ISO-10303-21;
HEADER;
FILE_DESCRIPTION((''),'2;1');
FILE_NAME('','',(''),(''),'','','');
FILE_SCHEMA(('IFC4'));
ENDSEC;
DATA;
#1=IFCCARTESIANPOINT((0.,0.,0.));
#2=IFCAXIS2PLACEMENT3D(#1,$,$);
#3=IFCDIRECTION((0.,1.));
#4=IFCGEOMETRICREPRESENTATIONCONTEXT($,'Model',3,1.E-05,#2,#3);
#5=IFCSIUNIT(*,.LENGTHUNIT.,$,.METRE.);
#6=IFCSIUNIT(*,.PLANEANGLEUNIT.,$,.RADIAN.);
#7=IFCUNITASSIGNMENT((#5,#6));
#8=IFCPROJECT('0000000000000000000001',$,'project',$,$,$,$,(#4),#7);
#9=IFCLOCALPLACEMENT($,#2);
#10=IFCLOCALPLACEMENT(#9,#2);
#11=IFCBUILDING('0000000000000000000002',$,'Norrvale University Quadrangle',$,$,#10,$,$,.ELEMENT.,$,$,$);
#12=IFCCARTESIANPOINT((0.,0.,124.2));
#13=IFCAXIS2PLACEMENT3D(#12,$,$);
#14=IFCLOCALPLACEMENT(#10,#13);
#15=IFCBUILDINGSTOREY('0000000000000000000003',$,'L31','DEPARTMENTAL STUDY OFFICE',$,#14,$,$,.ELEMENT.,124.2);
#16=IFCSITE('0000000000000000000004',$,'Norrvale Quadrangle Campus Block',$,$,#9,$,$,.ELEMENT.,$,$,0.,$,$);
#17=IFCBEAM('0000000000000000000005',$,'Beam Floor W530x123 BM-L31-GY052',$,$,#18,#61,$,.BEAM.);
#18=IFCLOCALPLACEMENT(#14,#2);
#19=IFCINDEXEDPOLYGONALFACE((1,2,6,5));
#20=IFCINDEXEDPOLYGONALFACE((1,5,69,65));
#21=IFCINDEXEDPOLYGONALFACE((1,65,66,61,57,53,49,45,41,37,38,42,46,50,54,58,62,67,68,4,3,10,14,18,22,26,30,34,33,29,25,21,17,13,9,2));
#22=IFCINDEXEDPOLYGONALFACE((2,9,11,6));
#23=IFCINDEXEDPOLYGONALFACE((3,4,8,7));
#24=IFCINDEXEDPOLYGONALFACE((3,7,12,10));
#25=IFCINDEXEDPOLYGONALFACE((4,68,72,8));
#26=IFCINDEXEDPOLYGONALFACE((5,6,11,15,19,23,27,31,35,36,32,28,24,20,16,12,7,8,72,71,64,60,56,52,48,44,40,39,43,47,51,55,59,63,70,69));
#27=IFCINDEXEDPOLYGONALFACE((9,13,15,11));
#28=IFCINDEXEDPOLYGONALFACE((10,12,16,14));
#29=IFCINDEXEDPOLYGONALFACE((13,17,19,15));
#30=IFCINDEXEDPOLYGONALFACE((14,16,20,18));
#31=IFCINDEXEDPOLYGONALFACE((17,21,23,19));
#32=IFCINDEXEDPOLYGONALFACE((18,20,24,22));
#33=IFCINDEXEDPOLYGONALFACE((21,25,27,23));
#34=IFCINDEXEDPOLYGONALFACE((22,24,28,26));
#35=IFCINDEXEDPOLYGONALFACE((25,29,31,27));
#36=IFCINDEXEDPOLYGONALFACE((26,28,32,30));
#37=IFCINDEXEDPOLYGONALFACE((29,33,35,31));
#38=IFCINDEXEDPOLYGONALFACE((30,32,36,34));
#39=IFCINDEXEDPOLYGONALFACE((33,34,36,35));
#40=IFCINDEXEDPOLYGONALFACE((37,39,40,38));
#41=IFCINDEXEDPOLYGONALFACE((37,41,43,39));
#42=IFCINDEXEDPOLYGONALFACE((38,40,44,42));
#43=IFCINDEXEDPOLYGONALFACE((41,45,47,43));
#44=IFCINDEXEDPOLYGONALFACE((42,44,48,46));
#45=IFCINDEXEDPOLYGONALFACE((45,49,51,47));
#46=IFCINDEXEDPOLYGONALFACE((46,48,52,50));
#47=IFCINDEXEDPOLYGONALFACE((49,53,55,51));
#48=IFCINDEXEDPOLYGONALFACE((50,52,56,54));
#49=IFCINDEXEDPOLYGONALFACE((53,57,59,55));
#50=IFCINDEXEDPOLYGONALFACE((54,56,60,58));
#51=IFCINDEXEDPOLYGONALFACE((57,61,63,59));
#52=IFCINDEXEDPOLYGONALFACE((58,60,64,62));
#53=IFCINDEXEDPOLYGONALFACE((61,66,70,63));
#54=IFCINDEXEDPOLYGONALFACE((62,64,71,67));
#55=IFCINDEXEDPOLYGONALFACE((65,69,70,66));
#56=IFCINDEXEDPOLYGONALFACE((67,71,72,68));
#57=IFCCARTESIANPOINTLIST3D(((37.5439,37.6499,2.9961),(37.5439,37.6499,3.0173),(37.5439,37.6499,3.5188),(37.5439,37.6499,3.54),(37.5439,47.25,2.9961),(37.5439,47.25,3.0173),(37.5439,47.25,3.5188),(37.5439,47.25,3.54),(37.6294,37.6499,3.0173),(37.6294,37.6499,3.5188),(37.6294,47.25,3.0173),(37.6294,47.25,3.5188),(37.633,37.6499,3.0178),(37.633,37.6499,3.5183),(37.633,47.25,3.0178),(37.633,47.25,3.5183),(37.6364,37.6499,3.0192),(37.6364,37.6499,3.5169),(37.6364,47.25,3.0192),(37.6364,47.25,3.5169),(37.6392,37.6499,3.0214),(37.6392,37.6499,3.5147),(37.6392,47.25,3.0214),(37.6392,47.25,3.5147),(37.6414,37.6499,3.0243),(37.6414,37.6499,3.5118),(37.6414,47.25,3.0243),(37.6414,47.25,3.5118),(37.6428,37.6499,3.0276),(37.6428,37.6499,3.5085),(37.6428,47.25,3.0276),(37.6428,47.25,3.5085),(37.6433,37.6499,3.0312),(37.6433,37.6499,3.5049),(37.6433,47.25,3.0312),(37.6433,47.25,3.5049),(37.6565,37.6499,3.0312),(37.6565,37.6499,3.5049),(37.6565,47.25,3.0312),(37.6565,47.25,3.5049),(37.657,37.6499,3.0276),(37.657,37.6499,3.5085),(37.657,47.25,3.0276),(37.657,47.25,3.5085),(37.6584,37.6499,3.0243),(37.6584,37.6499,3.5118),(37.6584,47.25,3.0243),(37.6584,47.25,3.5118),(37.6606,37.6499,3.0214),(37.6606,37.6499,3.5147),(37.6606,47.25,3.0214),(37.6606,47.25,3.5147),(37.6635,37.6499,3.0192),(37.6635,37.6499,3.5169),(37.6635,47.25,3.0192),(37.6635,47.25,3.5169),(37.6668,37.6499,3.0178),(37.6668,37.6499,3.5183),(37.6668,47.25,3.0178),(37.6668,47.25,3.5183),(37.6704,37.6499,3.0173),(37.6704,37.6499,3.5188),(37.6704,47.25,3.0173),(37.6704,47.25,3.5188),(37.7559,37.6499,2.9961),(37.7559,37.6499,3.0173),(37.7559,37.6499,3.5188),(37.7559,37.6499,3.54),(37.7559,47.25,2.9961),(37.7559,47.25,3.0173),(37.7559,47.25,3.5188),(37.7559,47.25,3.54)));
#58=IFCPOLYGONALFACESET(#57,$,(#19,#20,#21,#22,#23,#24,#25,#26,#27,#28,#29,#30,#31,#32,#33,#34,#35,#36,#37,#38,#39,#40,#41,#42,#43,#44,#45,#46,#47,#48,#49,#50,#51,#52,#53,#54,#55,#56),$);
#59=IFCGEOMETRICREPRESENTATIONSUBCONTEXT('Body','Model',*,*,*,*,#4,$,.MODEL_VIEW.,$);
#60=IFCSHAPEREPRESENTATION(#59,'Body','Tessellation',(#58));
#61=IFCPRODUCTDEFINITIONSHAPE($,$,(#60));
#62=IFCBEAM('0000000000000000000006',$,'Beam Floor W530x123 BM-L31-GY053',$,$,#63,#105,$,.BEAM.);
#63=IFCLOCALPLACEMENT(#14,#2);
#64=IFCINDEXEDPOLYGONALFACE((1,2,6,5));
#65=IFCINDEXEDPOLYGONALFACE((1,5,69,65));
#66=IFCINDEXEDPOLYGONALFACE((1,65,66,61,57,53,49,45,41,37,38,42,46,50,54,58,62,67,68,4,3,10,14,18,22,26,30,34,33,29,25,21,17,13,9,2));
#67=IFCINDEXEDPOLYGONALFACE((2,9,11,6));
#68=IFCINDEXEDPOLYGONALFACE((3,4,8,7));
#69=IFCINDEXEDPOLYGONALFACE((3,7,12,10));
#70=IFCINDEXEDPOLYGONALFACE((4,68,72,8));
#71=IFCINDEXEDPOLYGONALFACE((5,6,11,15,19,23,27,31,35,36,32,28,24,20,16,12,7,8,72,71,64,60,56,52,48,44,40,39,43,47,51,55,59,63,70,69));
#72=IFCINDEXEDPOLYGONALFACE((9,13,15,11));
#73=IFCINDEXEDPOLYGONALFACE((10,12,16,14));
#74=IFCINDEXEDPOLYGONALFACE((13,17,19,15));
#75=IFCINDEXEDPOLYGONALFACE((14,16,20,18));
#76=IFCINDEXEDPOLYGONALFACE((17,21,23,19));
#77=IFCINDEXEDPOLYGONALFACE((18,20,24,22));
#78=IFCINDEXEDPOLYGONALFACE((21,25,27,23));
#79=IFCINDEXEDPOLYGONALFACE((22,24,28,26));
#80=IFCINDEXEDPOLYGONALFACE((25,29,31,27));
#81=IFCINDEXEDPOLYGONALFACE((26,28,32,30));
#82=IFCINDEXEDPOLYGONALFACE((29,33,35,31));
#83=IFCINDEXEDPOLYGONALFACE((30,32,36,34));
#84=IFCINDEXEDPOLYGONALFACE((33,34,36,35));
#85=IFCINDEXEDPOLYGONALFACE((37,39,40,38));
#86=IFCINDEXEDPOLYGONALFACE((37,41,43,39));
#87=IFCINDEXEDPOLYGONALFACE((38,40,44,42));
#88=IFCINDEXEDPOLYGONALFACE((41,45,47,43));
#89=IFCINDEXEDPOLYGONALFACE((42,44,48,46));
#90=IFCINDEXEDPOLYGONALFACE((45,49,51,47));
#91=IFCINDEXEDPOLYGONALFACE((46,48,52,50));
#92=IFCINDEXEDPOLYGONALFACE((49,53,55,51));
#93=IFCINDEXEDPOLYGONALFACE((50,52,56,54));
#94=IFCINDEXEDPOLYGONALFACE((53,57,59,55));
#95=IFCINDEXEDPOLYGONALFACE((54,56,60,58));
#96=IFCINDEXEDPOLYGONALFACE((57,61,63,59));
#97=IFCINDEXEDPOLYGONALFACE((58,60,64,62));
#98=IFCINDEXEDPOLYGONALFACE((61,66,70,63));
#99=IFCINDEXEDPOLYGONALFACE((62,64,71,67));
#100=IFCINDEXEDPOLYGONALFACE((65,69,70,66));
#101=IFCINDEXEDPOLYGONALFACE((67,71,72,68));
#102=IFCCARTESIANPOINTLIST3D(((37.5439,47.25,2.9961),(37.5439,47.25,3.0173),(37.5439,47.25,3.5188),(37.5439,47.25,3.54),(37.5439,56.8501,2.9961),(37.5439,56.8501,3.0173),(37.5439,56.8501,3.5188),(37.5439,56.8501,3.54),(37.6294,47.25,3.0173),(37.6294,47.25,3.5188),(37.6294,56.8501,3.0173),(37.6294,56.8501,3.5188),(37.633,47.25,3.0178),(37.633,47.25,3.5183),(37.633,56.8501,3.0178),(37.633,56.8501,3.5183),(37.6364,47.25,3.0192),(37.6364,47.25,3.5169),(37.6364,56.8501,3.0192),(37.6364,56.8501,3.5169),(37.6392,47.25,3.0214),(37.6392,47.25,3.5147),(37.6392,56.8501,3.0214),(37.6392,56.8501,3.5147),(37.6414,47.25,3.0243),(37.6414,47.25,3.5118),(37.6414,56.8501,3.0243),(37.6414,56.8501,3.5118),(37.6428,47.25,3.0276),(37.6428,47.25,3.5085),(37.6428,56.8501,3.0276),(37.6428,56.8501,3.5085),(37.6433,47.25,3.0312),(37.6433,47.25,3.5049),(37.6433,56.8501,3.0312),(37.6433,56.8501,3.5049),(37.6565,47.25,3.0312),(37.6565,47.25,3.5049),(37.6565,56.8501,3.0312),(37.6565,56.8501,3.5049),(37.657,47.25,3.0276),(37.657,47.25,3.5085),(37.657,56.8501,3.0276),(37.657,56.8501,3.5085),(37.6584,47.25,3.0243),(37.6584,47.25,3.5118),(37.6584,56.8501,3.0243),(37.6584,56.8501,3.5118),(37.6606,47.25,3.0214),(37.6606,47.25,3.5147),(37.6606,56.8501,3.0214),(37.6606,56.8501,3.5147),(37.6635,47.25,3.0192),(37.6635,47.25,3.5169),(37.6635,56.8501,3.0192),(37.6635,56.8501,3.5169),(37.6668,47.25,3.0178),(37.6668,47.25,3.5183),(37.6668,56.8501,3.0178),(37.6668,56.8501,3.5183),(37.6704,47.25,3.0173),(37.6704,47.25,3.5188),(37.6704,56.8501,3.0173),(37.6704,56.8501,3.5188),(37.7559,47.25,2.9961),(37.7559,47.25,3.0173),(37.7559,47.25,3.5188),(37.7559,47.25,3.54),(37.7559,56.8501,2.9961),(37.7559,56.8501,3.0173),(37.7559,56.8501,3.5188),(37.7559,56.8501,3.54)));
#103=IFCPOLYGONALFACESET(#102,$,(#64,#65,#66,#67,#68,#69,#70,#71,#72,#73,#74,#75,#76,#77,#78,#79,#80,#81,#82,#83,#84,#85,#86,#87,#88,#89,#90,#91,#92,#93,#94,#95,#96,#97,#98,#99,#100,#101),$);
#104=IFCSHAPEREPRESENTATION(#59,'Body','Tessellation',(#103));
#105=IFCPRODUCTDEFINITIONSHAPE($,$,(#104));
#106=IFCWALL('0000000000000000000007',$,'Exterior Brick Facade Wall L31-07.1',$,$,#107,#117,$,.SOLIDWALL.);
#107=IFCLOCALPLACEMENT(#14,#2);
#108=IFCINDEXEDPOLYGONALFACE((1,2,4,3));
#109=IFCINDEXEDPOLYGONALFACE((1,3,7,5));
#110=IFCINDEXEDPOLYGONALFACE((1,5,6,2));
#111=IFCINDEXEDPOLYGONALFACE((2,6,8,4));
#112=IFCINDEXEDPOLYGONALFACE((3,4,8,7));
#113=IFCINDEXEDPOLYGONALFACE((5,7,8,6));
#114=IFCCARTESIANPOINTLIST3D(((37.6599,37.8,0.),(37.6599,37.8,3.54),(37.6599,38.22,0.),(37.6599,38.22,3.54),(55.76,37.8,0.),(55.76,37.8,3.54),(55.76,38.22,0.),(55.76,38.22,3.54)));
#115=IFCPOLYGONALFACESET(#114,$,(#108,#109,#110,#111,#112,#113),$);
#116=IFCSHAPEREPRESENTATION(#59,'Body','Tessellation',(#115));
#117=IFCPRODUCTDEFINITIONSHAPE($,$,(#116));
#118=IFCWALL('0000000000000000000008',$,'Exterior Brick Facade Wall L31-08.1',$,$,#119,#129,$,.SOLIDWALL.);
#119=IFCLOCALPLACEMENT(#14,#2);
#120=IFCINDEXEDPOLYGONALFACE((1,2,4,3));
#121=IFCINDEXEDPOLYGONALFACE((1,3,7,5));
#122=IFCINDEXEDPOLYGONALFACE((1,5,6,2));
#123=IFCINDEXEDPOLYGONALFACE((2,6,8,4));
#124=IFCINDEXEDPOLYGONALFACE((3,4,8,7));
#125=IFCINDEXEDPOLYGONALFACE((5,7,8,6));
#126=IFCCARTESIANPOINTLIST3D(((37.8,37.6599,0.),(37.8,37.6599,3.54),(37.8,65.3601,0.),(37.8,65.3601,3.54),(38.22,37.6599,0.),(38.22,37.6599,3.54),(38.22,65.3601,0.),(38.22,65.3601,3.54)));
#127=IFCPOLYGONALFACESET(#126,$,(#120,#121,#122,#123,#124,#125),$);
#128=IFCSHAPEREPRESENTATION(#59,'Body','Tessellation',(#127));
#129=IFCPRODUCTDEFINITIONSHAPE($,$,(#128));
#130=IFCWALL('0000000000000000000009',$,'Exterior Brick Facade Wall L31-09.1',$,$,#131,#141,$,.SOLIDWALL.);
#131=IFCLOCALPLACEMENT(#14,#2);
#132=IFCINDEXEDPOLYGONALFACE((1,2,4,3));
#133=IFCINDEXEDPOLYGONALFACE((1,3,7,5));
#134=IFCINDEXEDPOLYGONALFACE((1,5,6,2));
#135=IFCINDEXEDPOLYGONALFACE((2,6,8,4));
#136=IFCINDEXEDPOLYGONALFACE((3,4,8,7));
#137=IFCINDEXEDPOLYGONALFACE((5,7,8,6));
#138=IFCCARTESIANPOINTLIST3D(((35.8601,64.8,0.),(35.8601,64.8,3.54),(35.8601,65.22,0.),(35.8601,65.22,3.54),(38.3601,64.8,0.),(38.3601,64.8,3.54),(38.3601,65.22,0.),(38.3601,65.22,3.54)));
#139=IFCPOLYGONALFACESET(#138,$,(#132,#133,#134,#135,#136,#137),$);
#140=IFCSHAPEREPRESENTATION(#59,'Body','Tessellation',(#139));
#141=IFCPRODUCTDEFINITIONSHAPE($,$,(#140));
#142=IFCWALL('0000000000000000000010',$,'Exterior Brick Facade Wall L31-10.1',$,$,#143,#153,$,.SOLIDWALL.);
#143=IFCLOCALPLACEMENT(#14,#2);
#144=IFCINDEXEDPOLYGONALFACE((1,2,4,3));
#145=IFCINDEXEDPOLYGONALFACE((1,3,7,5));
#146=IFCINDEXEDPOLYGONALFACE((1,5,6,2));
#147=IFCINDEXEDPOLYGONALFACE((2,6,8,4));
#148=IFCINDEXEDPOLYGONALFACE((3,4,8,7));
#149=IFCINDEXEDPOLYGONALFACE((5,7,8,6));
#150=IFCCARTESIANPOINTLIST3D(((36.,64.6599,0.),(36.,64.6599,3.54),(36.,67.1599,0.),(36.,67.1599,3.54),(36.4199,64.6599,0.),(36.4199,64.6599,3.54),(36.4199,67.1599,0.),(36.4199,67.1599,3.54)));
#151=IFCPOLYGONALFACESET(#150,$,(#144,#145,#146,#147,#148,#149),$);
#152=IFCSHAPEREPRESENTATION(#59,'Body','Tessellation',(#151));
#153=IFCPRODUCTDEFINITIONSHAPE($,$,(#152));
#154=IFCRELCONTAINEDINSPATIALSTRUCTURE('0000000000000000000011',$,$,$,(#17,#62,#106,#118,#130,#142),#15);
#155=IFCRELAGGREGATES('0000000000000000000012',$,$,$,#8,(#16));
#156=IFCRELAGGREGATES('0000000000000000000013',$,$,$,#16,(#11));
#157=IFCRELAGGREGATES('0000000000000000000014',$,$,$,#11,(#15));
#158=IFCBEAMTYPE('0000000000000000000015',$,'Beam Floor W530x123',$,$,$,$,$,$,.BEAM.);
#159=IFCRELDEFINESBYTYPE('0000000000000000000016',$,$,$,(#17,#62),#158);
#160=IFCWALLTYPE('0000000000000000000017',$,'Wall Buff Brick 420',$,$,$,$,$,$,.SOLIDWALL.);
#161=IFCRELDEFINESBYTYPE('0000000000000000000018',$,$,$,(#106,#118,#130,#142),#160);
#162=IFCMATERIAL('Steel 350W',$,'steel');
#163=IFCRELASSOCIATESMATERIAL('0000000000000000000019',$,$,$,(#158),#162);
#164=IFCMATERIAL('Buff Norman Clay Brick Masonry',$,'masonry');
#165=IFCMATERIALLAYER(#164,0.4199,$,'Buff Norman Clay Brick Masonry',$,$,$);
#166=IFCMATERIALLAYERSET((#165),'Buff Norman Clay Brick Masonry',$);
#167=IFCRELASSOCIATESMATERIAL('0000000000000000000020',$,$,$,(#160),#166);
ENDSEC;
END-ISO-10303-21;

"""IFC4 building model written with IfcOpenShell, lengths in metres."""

from ifc_helpers import new_model, si_unit, direction, frame, frame_2d, origin, origin_2d, place, context, subcontext, project, spatial, rectangle, i_section, extrude, material, layer, layer_set, material_profile, profile_set, type_object, element, save


model = new_model("IFC4")

# Units and contexts
model_context = context("Model", 3, precision=1e-05, world=origin(), true_north=direction((0.0, 1.0)))
body_context = subcontext(model_context, "Body", "Model", "MODEL_VIEW")
ifc_project = project(units=[si_unit("LENGTHUNIT", "METRE"), si_unit("PLANEANGLEUNIT", "RADIAN")], contexts=[model_context])

# Site, building, storey
site_placement = place(None, origin())
site = spatial("IfcSite", under=ifc_project, at=site_placement, Name="Norrvale Quadrangle Campus Block", CompositionType="ELEMENT", RefElevation=0.0)
building_placement = place(site_placement, origin())
building = spatial("IfcBuilding", under=site, at=building_placement, Name="Norrvale University Quadrangle", CompositionType="ELEMENT")
storey_placement = place(building_placement, frame((0.0, 0.0, 124.2)))
storey = spatial("IfcBuildingStorey", under=building, at=storey_placement, Name="L31", Description="DEPARTMENTAL STUDY OFFICE", CompositionType="ELEMENT", Elevation=124.2)

# Beams
ifc_material_1 = material(Name="Steel 350W", Category="steel")
ifc_material_profile_1 = material_profile(ifc_material_1, i_section(OverallWidth=0.2119, OverallDepth=0.5439, WebThickness=0.0132, FlangeThickness=0.0212, FilletRadius=0.0139, at=origin_2d()), Name="Steel 350W")
ifc_profile_set_1 = profile_set([ifc_material_profile_1], Name="Steel 350W")
beam_type_1 = type_object("IfcBeamType", Name="Beam Floor W530x123", PredefinedType="BEAM", material=ifc_profile_set_1)
for number, where, z_axis, x_axis, name in (
    (1, (37.6499, 37.6499, 3.2681), (0.0, 1.0, 0.0), (-1.0, 0.0, 0.0), "Beam Floor W530x123 BM-L31-GY052"),
    (2, (37.6499, 47.25, 3.2681), (0.0, 1.0, 0.0), (-1.0, 0.0, 0.0), "Beam Floor W530x123 BM-L31-GY053"),
):
    element("IfcBeam", number, at=place(storey_placement, frame(where, z_axis=z_axis, x_axis=x_axis)), inside=storey, type_object=beam_type_1, Name=name, PredefinedType="BEAM", context=body_context, shape_type="SweptSolid", body=[
        extrude(i_section(OverallWidth=0.2119, OverallDepth=0.5439, WebThickness=0.0132, FlangeThickness=0.0212, FilletRadius=0.0139, at=origin_2d()), origin(), (0.0, 0.0, 1.0), 9.6001),
    ])

# Walls
ifc_material_2 = material(Name="Buff Norman Clay Brick Masonry", Category="masonry")
ifc_layer = layer(ifc_material_2, 0.4199, Name="Buff Norman Clay Brick Masonry")
ifc_layer_set = layer_set([ifc_layer], Name="Buff Norman Clay Brick Masonry")
wall_type = type_object("IfcWallType", Name="Wall Buff Brick 420", PredefinedType="SOLIDWALL", material=ifc_layer_set)
wall_1_placement = place(storey_placement, frame((55.76, 38.01, 0.0), z_axis=(0.0, 0.0, 1.0), x_axis=(-1.0, 0.0, 0.0)))
element("IfcWall", 3, at=wall_1_placement, inside=storey, type_object=wall_type, Name="Exterior Brick Facade Wall L31-07.1", PredefinedType="SOLIDWALL", context=body_context, shape_type="SweptSolid", body=[
    extrude(rectangle(XDim=18.1001, YDim=0.4199, at=frame_2d((9.05, 0.0))), origin(), (0.0, 0.0, 1.0), 3.54),
])
wall_2_placement = place(storey_placement, frame((38.01, 37.6599, 0.0), z_axis=(0.0, 0.0, 1.0), x_axis=(0.0, 1.0, 0.0)))
element("IfcWall", 4, at=wall_2_placement, inside=storey, type_object=wall_type, Name="Exterior Brick Facade Wall L31-08.1", PredefinedType="SOLIDWALL", context=body_context, shape_type="SweptSolid", body=[
    extrude(rectangle(XDim=27.7002, YDim=0.4199, at=frame_2d((13.8501, 0.0))), origin(), (0.0, 0.0, 1.0), 3.54),
])
for number, where, z_axis, x_axis, name in (
    (5, (38.3601, 65.01, 0.0), (0.0, 0.0, 1.0), (-1.0, 0.0, 0.0), "Exterior Brick Facade Wall L31-09.1"),
    (6, (36.21, 64.6599, 0.0), (0.0, 0.0, 1.0), (0.0, 1.0, 0.0), "Exterior Brick Facade Wall L31-10.1"),
):
    element("IfcWall", number, at=place(storey_placement, frame(where, z_axis=z_axis, x_axis=x_axis)), inside=storey, type_object=wall_type, Name=name, PredefinedType="SOLIDWALL", context=body_context, shape_type="SweptSolid", body=[
        extrude(rectangle(XDim=2.5, YDim=0.4199, at=frame_2d((1.25, 0.0))), origin(), (0.0, 0.0, 1.0), 3.54),
    ])

save(model, "model.ifc")
